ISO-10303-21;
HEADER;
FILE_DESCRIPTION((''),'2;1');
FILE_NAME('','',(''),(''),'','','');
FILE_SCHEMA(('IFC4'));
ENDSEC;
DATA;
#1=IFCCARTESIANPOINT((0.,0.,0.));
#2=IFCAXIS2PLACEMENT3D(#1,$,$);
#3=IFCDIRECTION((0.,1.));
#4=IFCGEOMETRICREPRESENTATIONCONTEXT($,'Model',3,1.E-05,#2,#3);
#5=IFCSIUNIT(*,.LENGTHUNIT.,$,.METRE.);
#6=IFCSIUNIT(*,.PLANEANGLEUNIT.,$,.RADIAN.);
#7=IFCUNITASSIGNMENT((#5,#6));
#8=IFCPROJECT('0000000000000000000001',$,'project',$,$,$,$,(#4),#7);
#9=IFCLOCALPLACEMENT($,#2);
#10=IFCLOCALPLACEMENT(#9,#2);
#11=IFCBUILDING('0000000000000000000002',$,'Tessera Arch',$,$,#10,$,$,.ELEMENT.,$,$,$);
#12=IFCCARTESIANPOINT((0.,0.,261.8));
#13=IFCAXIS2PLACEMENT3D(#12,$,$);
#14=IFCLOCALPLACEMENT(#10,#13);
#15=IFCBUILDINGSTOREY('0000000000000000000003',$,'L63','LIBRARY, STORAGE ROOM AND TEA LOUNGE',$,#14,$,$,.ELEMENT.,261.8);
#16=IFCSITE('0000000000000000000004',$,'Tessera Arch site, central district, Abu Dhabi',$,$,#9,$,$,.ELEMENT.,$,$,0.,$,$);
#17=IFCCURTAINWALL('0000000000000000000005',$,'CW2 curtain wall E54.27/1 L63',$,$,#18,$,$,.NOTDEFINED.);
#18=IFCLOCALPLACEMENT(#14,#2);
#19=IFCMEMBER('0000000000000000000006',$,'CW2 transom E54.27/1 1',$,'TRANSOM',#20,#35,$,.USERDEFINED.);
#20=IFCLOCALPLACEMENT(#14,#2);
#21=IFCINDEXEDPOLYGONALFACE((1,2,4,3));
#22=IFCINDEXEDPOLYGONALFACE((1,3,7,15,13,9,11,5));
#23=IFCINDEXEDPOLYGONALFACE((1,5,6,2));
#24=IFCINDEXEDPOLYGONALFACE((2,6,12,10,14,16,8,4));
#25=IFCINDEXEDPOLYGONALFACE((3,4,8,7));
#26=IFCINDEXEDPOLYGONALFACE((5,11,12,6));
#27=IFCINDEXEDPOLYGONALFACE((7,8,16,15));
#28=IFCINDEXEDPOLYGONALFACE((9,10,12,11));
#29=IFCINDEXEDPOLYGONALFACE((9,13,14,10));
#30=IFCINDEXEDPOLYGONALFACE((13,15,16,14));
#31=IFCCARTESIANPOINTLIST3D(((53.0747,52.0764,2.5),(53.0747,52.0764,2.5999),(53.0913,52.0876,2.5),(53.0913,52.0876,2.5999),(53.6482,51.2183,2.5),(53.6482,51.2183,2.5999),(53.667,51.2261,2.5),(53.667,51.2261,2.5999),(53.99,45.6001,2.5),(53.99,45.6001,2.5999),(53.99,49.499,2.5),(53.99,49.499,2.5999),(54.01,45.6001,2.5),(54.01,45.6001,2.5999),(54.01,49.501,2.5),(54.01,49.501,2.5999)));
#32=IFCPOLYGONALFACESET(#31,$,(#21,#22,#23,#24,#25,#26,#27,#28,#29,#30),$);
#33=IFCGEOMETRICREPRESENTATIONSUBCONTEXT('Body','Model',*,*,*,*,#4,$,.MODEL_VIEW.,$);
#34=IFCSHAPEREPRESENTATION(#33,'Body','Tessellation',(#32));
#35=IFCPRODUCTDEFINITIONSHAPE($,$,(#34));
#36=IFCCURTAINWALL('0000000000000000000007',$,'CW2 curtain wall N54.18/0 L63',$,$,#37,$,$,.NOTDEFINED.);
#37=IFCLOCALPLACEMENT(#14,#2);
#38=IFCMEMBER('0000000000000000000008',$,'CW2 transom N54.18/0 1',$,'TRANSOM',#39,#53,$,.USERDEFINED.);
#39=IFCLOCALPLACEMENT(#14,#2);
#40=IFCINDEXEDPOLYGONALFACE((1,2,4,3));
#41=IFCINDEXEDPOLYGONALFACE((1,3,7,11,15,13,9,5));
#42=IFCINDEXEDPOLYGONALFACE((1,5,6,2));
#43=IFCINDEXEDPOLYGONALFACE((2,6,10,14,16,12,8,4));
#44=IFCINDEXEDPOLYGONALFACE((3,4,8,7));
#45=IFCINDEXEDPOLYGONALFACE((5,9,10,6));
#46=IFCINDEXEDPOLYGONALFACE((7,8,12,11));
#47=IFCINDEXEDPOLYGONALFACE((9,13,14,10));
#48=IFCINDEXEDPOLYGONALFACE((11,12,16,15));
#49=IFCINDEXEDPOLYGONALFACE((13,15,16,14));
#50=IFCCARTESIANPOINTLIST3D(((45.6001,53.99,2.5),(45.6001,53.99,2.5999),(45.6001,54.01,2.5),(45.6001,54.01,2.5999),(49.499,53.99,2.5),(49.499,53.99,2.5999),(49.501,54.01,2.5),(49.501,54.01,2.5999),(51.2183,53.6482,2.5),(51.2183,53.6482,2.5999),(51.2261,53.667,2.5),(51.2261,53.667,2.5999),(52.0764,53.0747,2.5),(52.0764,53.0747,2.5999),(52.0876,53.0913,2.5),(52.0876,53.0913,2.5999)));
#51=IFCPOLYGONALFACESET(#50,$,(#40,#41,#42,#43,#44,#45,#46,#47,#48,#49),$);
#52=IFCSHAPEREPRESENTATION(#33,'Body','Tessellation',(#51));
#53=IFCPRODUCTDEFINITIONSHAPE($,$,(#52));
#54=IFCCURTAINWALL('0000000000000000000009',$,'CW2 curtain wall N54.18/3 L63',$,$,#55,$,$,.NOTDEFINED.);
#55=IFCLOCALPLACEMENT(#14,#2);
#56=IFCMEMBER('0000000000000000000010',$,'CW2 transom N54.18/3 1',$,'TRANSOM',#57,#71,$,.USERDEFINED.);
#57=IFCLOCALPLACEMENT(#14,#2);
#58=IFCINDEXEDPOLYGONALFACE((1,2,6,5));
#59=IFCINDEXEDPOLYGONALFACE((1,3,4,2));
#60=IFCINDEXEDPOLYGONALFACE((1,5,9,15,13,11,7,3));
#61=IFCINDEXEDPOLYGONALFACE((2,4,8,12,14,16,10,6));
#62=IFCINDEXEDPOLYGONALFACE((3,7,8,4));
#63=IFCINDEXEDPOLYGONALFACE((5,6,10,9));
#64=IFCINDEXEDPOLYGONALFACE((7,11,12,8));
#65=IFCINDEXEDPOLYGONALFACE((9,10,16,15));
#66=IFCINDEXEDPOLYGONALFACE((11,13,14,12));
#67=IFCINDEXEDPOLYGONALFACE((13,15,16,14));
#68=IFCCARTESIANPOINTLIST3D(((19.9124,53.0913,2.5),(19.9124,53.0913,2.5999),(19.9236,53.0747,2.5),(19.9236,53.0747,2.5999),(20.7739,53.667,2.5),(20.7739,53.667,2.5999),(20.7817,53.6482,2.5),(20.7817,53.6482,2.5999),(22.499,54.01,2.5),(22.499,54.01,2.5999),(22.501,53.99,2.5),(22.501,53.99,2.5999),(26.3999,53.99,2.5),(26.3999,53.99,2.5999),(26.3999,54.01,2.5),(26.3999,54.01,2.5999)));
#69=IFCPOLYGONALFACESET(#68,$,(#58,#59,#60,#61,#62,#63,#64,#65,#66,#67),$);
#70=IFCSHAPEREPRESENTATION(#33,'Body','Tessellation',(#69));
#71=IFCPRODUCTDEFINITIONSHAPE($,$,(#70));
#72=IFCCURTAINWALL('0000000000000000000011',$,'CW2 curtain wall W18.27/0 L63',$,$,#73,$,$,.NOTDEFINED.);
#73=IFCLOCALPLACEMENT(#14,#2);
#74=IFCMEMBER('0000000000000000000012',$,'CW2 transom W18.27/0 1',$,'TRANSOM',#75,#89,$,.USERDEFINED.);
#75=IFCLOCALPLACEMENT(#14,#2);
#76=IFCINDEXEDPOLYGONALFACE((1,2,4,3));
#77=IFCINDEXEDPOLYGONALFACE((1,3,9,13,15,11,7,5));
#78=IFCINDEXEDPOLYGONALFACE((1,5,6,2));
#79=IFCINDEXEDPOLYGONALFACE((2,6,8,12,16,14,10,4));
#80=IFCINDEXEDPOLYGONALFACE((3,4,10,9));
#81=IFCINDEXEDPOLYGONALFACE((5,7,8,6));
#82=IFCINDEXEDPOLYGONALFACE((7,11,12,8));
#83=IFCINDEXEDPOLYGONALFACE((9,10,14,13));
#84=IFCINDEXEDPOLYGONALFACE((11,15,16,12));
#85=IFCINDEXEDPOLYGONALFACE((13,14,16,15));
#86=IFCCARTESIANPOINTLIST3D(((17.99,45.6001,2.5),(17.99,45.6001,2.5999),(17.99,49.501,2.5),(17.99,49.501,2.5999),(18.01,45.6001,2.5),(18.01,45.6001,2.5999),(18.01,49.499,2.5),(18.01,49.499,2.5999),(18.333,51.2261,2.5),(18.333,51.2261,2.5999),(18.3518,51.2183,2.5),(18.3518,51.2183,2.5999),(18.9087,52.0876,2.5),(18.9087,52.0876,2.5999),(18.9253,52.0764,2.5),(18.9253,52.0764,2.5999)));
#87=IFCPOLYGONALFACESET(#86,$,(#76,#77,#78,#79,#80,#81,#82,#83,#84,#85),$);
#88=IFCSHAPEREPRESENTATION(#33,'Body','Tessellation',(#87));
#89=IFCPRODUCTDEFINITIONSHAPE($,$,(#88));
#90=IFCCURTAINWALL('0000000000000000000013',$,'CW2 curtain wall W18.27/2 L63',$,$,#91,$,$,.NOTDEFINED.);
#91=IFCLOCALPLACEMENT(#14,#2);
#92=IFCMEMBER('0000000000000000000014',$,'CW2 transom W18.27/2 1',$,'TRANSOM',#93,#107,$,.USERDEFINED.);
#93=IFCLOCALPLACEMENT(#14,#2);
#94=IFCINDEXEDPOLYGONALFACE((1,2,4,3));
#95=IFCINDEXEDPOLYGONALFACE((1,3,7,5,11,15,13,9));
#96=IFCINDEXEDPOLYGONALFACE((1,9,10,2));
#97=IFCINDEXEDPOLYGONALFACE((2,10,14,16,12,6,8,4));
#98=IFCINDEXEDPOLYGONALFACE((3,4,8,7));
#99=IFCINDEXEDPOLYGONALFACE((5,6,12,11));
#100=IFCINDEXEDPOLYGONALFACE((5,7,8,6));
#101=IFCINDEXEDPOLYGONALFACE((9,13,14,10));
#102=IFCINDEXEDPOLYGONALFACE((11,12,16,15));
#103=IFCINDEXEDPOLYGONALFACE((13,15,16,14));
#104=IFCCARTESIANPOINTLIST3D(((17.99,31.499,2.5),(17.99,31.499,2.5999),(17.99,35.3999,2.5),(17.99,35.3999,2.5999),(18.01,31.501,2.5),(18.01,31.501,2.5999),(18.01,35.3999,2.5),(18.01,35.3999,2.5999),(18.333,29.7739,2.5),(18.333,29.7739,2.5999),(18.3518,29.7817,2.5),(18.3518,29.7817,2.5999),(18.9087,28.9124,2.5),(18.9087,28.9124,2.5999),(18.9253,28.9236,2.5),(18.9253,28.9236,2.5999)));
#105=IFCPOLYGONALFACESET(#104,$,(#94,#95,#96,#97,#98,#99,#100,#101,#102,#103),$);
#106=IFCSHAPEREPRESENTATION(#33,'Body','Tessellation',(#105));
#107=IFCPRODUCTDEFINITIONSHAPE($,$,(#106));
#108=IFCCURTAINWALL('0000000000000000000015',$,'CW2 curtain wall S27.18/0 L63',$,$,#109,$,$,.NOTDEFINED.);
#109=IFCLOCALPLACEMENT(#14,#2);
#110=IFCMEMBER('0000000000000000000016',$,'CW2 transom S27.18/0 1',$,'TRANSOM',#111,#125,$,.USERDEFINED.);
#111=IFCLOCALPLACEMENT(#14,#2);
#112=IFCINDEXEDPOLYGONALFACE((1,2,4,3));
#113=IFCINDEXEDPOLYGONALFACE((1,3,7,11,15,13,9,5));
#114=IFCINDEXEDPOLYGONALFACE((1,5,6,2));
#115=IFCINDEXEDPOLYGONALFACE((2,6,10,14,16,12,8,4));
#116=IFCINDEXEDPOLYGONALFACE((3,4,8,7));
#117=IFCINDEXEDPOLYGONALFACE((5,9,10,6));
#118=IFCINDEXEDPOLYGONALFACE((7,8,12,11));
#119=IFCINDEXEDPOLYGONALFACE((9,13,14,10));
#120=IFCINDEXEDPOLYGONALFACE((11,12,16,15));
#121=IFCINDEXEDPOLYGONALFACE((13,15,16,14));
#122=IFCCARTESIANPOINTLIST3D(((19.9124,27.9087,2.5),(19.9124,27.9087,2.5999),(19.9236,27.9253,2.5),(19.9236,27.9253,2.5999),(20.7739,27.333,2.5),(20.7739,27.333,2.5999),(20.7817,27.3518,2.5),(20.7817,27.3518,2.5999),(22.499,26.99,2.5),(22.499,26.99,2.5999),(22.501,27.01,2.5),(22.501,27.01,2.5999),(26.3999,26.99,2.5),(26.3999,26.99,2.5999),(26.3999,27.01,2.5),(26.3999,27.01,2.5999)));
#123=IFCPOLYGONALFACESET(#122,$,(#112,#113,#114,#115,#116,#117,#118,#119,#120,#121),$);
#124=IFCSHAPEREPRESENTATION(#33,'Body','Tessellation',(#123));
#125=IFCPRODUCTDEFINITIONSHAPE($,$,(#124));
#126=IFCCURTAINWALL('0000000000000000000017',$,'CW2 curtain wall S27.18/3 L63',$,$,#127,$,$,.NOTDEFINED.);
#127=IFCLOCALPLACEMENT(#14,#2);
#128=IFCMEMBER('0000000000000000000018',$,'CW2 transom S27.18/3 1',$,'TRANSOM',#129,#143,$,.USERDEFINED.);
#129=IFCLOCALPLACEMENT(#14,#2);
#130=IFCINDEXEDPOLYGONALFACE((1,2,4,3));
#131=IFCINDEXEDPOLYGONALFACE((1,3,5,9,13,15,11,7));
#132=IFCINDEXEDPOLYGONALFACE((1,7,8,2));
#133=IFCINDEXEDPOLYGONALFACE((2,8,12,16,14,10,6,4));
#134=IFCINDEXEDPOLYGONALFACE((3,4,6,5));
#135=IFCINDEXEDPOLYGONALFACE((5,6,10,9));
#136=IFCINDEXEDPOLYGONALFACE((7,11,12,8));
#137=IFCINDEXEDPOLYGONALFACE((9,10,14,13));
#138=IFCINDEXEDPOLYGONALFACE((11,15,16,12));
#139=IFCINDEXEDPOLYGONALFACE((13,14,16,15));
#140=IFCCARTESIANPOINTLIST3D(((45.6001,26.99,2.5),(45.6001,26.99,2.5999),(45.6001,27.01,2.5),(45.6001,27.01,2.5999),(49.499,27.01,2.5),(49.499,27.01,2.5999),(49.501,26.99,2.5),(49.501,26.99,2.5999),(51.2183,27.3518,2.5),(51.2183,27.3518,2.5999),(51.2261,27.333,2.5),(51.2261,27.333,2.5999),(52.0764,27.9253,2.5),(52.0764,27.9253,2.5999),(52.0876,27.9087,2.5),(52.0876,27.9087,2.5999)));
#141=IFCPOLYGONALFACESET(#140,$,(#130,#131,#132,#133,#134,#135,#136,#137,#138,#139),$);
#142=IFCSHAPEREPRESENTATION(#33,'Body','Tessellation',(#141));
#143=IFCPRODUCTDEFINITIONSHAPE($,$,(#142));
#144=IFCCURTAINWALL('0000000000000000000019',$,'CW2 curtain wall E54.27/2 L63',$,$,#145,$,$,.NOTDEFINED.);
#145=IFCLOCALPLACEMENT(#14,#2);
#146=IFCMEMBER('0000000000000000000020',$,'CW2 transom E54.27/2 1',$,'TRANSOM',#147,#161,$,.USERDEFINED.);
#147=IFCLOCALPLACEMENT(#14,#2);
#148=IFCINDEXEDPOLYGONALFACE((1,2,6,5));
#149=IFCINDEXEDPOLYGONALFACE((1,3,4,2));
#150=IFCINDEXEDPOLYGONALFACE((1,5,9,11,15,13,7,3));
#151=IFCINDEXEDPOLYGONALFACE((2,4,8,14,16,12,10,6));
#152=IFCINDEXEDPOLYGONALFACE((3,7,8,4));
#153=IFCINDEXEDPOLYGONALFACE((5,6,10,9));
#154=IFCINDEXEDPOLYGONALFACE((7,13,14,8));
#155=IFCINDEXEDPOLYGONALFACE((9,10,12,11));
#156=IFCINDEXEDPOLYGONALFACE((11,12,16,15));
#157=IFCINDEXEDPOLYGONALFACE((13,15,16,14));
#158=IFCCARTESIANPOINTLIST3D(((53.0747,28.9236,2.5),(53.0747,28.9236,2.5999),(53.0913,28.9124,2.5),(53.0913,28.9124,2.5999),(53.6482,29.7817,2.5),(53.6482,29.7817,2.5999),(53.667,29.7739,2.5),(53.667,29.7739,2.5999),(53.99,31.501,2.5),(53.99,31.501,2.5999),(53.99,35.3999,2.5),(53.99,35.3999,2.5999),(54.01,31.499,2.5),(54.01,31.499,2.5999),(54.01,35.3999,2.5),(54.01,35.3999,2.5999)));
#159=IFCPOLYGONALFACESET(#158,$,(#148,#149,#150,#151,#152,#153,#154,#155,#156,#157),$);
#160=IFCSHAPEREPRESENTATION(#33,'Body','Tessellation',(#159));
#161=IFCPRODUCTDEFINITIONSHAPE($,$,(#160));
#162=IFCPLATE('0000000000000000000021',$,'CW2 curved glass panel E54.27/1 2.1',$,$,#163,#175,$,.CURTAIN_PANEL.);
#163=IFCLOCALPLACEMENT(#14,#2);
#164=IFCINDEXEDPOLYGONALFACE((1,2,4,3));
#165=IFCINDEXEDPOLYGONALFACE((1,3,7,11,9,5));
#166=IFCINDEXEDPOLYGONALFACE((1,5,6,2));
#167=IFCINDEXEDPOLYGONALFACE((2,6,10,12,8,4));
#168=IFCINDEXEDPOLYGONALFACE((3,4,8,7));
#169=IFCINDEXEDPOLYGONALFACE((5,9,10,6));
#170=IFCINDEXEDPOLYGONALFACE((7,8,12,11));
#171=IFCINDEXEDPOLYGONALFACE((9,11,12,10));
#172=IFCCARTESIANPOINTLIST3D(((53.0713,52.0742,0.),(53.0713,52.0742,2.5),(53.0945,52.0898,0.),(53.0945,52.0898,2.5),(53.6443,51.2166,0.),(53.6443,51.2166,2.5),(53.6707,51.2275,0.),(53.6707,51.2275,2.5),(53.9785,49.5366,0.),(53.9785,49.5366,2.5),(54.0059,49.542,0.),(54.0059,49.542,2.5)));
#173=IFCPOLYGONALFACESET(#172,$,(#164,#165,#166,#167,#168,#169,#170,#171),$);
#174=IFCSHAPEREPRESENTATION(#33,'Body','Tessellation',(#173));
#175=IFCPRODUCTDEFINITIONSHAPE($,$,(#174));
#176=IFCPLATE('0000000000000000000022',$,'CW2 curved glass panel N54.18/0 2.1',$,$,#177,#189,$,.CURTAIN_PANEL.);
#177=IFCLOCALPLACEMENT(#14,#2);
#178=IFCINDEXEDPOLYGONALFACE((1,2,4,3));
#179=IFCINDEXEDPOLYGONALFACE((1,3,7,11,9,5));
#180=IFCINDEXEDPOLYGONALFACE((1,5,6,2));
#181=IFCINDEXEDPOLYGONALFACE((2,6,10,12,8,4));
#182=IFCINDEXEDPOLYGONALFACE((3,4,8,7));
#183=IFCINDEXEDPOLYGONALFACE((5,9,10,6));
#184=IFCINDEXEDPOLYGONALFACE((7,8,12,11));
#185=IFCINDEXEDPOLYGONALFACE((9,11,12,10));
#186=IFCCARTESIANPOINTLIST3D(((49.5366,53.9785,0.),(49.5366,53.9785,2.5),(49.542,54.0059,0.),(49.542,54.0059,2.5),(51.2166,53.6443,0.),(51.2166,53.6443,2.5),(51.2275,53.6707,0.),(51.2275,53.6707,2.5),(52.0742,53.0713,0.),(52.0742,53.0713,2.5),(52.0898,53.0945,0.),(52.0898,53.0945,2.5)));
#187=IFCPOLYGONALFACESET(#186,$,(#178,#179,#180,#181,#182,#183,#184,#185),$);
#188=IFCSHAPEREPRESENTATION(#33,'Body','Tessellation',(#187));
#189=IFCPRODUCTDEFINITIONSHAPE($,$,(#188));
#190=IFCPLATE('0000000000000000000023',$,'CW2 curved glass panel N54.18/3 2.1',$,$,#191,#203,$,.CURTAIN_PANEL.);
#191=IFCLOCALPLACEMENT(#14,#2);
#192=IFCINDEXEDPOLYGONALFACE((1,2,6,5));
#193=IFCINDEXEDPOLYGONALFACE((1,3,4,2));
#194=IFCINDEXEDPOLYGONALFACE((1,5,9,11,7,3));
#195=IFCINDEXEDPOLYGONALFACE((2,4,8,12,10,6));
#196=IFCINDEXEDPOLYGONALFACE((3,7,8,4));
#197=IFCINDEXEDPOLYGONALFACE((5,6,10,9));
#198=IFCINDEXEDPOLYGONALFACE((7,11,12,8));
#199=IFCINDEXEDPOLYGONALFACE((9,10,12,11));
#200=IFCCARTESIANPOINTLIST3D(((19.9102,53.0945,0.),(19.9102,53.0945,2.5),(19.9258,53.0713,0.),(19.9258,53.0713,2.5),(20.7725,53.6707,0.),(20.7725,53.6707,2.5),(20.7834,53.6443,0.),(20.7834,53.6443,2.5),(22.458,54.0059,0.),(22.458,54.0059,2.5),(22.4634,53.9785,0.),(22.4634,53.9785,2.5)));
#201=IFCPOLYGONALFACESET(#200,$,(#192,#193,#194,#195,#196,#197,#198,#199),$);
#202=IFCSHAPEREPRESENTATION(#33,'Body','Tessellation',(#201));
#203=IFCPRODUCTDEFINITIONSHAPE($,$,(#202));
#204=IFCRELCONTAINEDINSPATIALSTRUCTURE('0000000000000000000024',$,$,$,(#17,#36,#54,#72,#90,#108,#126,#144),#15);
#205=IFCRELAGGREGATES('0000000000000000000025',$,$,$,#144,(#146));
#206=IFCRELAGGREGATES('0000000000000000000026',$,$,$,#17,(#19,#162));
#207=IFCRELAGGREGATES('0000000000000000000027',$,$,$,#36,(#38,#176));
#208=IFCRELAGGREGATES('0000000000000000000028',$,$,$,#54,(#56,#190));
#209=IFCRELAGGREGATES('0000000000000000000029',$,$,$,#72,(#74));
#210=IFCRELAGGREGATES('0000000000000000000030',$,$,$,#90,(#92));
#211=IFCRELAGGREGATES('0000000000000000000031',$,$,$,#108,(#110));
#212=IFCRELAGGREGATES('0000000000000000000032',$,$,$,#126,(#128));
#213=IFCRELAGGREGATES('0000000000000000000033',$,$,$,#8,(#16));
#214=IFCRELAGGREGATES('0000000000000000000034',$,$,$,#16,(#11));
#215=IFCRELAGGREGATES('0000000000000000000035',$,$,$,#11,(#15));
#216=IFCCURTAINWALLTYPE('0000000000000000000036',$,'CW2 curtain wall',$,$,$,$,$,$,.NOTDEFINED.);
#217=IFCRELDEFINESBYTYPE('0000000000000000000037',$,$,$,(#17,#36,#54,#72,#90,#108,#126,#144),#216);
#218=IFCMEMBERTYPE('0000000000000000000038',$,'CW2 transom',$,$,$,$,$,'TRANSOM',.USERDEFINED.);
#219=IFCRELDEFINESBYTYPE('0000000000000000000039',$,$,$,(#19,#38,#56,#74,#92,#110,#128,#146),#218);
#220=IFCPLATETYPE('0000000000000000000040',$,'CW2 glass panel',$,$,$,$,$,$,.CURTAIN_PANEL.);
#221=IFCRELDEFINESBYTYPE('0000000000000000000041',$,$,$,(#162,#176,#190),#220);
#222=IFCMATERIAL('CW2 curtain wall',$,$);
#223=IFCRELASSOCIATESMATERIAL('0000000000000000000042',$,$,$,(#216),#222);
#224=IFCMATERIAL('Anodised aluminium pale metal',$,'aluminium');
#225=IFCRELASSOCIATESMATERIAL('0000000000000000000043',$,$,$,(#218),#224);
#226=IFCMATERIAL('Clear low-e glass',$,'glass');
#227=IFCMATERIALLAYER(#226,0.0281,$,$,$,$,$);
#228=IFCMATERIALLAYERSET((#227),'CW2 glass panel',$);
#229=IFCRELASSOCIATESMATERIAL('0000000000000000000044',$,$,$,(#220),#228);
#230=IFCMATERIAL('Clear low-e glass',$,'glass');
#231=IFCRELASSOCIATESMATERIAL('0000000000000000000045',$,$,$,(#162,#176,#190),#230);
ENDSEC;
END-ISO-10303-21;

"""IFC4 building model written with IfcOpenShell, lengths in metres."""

from ifc_helpers import new_model, si_unit, direction, frame, origin, origin_2d, place, context, subcontext, project, spatial, polyline, rectangle, outline, extrude, material, layer, layer_set, material_profile, profile_set, type_object, element, aggregate, save


model = new_model("IFC4")

# Units and contexts
model_context = context("Model", 3, precision=1e-05, world=origin(), true_north=direction((0.0, 1.0)))
body_context = subcontext(model_context, "Body", "Model", "MODEL_VIEW")
ifc_project = project(units=[si_unit("LENGTHUNIT", "METRE"), si_unit("PLANEANGLEUNIT", "RADIAN")], contexts=[model_context])

# Site, building, storey
site_placement = place(None, origin())
site = spatial("IfcSite", under=ifc_project, at=site_placement, Name="Tessera Arch site, central district, Abu Dhabi", CompositionType="ELEMENT", RefElevation=0.0)
building_placement = place(site_placement, origin())
building = spatial("IfcBuilding", under=site, at=building_placement, Name="Tessera Arch", CompositionType="ELEMENT")
storey_placement = place(building_placement, frame((0.0, 0.0, 261.8)))
storey = spatial("IfcBuildingStorey", under=building, at=storey_placement, Name="L63", Description="LIBRARY, STORAGE ROOM AND TEA LOUNGE", CompositionType="ELEMENT", Elevation=261.8)

# Curtain walls, members
ifc_material_1 = material(Name="CW2 curtain wall")
curtain_wall_type = type_object("IfcCurtainWallType", Name="CW2 curtain wall", PredefinedType="NOTDEFINED", material=ifc_material_1)
curtain_wall_1_placement = place(storey_placement, origin())
curtain_wall_1 = element("IfcCurtainWall", 1, at=curtain_wall_1_placement, inside=storey, type_object=curtain_wall_type, Name="CW2 curtain wall E54.27/1 L63", PredefinedType="NOTDEFINED")
ifc_material_2 = material(Name="Anodised aluminium pale metal", Category="aluminium")
ifc_material_profile = material_profile(ifc_material_2, rectangle(XDim=0.2, YDim=0.1001, at=origin_2d()), Name="AL 200x100")
ifc_profile_set = profile_set([ifc_material_profile], Name="Anodised aluminium pale metal")
member_type = type_object("IfcMemberType", Name="CW2 transom", ElementType="TRANSOM", PredefinedType="USERDEFINED", material=ifc_profile_set)
member_1_placement = place(storey_placement, frame((0.0, 0.0, 2.5)))
member_1 = element("IfcMember", 2, at=member_1_placement, type_object=member_type, Name="CW2 transom E54.27/1 1", ObjectType="TRANSOM", PredefinedType="USERDEFINED", context=body_context, shape_type="SweptSolid", body=[
    extrude(outline(polyline([(53.99, 49.499), (53.99, 45.6001), (54.01, 45.6001), (54.01, 49.501), (53.667, 51.2261), (53.0913, 52.0876), (53.0747, 52.0764), (53.6482, 51.2183), (53.99, 49.499)])), origin(), (0.0, 0.0, 1.0), 0.0999),
])
curtain_wall_2_placement = place(storey_placement, origin())
curtain_wall_2 = element("IfcCurtainWall", 3, at=curtain_wall_2_placement, inside=storey, type_object=curtain_wall_type, Name="CW2 curtain wall N54.18/0 L63", PredefinedType="NOTDEFINED")
member_2_placement = place(storey_placement, frame((0.0, 0.0, 2.5)))
member_2 = element("IfcMember", 4, at=member_2_placement, type_object=member_type, Name="CW2 transom N54.18/0 1", ObjectType="TRANSOM", PredefinedType="USERDEFINED", context=body_context, shape_type="SweptSolid", body=[
    extrude(outline(polyline([(51.2183, 53.6482), (52.0764, 53.0747), (52.0876, 53.0913), (51.2261, 53.667), (49.501, 54.01), (45.6001, 54.01), (45.6001, 53.99), (49.499, 53.99), (51.2183, 53.6482)])), origin(), (0.0, 0.0, 1.0), 0.0999),
])
curtain_wall_3_placement = place(storey_placement, origin())
curtain_wall_3 = element("IfcCurtainWall", 5, at=curtain_wall_3_placement, inside=storey, type_object=curtain_wall_type, Name="CW2 curtain wall N54.18/3 L63", PredefinedType="NOTDEFINED")
member_3_placement = place(storey_placement, frame((0.0, 0.0, 2.5)))
member_3 = element("IfcMember", 6, at=member_3_placement, type_object=member_type, Name="CW2 transom N54.18/3 1", ObjectType="TRANSOM", PredefinedType="USERDEFINED", context=body_context, shape_type="SweptSolid", body=[
    extrude(outline(polyline([(22.501, 53.99), (26.3999, 53.99), (26.3999, 54.01), (22.499, 54.01), (20.7739, 53.667), (19.9124, 53.0913), (19.9236, 53.0747), (20.7817, 53.6482), (22.501, 53.99)])), origin(), (0.0, 0.0, 1.0), 0.0999),
])
curtain_wall_4_placement = place(storey_placement, origin())
curtain_wall_4 = element("IfcCurtainWall", 7, at=curtain_wall_4_placement, inside=storey, type_object=curtain_wall_type, Name="CW2 curtain wall W18.27/0 L63", PredefinedType="NOTDEFINED")
member_4_placement = place(storey_placement, frame((0.0, 0.0, 2.5)))
member_4 = element("IfcMember", 8, at=member_4_placement, type_object=member_type, Name="CW2 transom W18.27/0 1", ObjectType="TRANSOM", PredefinedType="USERDEFINED", context=body_context, shape_type="SweptSolid", body=[
    extrude(outline(polyline([(18.3518, 51.2183), (18.9253, 52.0764), (18.9087, 52.0876), (18.333, 51.2261), (17.99, 49.501), (17.99, 45.6001), (18.01, 45.6001), (18.01, 49.499), (18.3518, 51.2183)])), origin(), (0.0, 0.0, 1.0), 0.0999),
])
curtain_wall_5_placement = place(storey_placement, origin())
curtain_wall_5 = element("IfcCurtainWall", 9, at=curtain_wall_5_placement, inside=storey, type_object=curtain_wall_type, Name="CW2 curtain wall W18.27/2 L63", PredefinedType="NOTDEFINED")
member_5_placement = place(storey_placement, frame((0.0, 0.0, 2.5)))
member_5 = element("IfcMember", 10, at=member_5_placement, type_object=member_type, Name="CW2 transom W18.27/2 1", ObjectType="TRANSOM", PredefinedType="USERDEFINED", context=body_context, shape_type="SweptSolid", body=[
    extrude(outline(polyline([(18.01, 31.501), (18.01, 35.3999), (17.99, 35.3999), (17.99, 31.499), (18.333, 29.7739), (18.9087, 28.9124), (18.9253, 28.9236), (18.3518, 29.7817), (18.01, 31.501)])), origin(), (0.0, 0.0, 1.0), 0.0999),
])
curtain_wall_6_placement = place(storey_placement, origin())
curtain_wall_6 = element("IfcCurtainWall", 11, at=curtain_wall_6_placement, inside=storey, type_object=curtain_wall_type, Name="CW2 curtain wall S27.18/0 L63", PredefinedType="NOTDEFINED")
member_6_placement = place(storey_placement, frame((0.0, 0.0, 2.5)))
member_6 = element("IfcMember", 12, at=member_6_placement, type_object=member_type, Name="CW2 transom S27.18/0 1", ObjectType="TRANSOM", PredefinedType="USERDEFINED", context=body_context, shape_type="SweptSolid", body=[
    extrude(outline(polyline([(20.7817, 27.3518), (19.9236, 27.9253), (19.9124, 27.9087), (20.7739, 27.333), (22.499, 26.99), (26.3999, 26.99), (26.3999, 27.01), (22.501, 27.01), (20.7817, 27.3518)])), origin(), (0.0, 0.0, 1.0), 0.0999),
])
curtain_wall_7_placement = place(storey_placement, origin())
curtain_wall_7 = element("IfcCurtainWall", 13, at=curtain_wall_7_placement, inside=storey, type_object=curtain_wall_type, Name="CW2 curtain wall S27.18/3 L63", PredefinedType="NOTDEFINED")
member_7_placement = place(storey_placement, frame((0.0, 0.0, 2.5)))
member_7 = element("IfcMember", 14, at=member_7_placement, type_object=member_type, Name="CW2 transom S27.18/3 1", ObjectType="TRANSOM", PredefinedType="USERDEFINED", context=body_context, shape_type="SweptSolid", body=[
    extrude(outline(polyline([(49.499, 27.01), (45.6001, 27.01), (45.6001, 26.99), (49.501, 26.99), (51.2261, 27.333), (52.0876, 27.9087), (52.0764, 27.9253), (51.2183, 27.3518), (49.499, 27.01)])), origin(), (0.0, 0.0, 1.0), 0.0999),
])
curtain_wall_8_placement = place(storey_placement, origin())
curtain_wall_8 = element("IfcCurtainWall", 15, at=curtain_wall_8_placement, inside=storey, type_object=curtain_wall_type, Name="CW2 curtain wall E54.27/2 L63", PredefinedType="NOTDEFINED")
member_8_placement = place(storey_placement, frame((0.0, 0.0, 2.5)))
member_8 = element("IfcMember", 16, at=member_8_placement, type_object=member_type, Name="CW2 transom E54.27/2 1", ObjectType="TRANSOM", PredefinedType="USERDEFINED", context=body_context, shape_type="SweptSolid", body=[
    extrude(outline(polyline([(53.6482, 29.7817), (53.0747, 28.9236), (53.0913, 28.9124), (53.667, 29.7739), (54.01, 31.499), (54.01, 35.3999), (53.99, 35.3999), (53.99, 31.501), (53.6482, 29.7817)])), origin(), (0.0, 0.0, 1.0), 0.0999),
])
aggregate(curtain_wall_8, [member_8])

# Plates
ifc_material_3 = material(Name="Clear low-e glass", Category="glass")
ifc_material_4 = material(Name="Clear low-e glass", Category="glass")
ifc_layer_1 = layer(ifc_material_4, 0.0281)
ifc_layer_set_1 = layer_set([ifc_layer_1], Name="CW2 glass panel")
plate_type_1 = type_object("IfcPlateType", Name="CW2 glass panel", PredefinedType="CURTAIN_PANEL", material=ifc_layer_set_1)
plate_1_placement = place(storey_placement, origin())
plate_1 = element("IfcPlate", 17, at=plate_1_placement, type_object=plate_type_1, material=ifc_material_3, Name="CW2 curved glass panel E54.27/1 2.1", PredefinedType="CURTAIN_PANEL", context=body_context, shape_type="SweptSolid", body=[
    extrude(outline(polyline([(53.6443, 51.2166), (53.9785, 49.5366), (54.0059, 49.542), (53.6707, 51.2275), (53.0945, 52.0898), (53.0713, 52.0742), (53.6443, 51.2166)])), origin(), (0.0, 0.0, 1.0), 2.5),
])
plate_2_placement = place(storey_placement, origin())
plate_2 = element("IfcPlate", 18, at=plate_2_placement, type_object=plate_type_1, material=ifc_material_3, Name="CW2 curved glass panel N54.18/0 2.1", PredefinedType="CURTAIN_PANEL", context=body_context, shape_type="SweptSolid", body=[
    extrude(outline(polyline([(51.2166, 53.6443), (52.0742, 53.0713), (52.0898, 53.0945), (51.2275, 53.6707), (49.542, 54.0059), (49.5366, 53.9785), (51.2166, 53.6443)])), origin(), (0.0, 0.0, 1.0), 2.5),
])
plate_3_placement = place(storey_placement, origin())
plate_3 = element("IfcPlate", 19, at=plate_3_placement, type_object=plate_type_1, material=ifc_material_3, Name="CW2 curved glass panel N54.18/3 2.1", PredefinedType="CURTAIN_PANEL", context=body_context, shape_type="SweptSolid", body=[
    extrude(outline(polyline([(20.7834, 53.6443), (22.4634, 53.9785), (22.458, 54.0059), (20.7725, 53.6707), (19.9102, 53.0945), (19.9258, 53.0713), (20.7834, 53.6443)])), origin(), (0.0, 0.0, 1.0), 2.5),
])
aggregate(curtain_wall_1, [member_1, plate_1])
aggregate(curtain_wall_2, [member_2, plate_2])
aggregate(curtain_wall_3, [member_3, plate_3])
aggregate(curtain_wall_4, [member_4])
aggregate(curtain_wall_5, [member_5])
aggregate(curtain_wall_6, [member_6])
aggregate(curtain_wall_7, [member_7])

save(model, "model.ifc")
